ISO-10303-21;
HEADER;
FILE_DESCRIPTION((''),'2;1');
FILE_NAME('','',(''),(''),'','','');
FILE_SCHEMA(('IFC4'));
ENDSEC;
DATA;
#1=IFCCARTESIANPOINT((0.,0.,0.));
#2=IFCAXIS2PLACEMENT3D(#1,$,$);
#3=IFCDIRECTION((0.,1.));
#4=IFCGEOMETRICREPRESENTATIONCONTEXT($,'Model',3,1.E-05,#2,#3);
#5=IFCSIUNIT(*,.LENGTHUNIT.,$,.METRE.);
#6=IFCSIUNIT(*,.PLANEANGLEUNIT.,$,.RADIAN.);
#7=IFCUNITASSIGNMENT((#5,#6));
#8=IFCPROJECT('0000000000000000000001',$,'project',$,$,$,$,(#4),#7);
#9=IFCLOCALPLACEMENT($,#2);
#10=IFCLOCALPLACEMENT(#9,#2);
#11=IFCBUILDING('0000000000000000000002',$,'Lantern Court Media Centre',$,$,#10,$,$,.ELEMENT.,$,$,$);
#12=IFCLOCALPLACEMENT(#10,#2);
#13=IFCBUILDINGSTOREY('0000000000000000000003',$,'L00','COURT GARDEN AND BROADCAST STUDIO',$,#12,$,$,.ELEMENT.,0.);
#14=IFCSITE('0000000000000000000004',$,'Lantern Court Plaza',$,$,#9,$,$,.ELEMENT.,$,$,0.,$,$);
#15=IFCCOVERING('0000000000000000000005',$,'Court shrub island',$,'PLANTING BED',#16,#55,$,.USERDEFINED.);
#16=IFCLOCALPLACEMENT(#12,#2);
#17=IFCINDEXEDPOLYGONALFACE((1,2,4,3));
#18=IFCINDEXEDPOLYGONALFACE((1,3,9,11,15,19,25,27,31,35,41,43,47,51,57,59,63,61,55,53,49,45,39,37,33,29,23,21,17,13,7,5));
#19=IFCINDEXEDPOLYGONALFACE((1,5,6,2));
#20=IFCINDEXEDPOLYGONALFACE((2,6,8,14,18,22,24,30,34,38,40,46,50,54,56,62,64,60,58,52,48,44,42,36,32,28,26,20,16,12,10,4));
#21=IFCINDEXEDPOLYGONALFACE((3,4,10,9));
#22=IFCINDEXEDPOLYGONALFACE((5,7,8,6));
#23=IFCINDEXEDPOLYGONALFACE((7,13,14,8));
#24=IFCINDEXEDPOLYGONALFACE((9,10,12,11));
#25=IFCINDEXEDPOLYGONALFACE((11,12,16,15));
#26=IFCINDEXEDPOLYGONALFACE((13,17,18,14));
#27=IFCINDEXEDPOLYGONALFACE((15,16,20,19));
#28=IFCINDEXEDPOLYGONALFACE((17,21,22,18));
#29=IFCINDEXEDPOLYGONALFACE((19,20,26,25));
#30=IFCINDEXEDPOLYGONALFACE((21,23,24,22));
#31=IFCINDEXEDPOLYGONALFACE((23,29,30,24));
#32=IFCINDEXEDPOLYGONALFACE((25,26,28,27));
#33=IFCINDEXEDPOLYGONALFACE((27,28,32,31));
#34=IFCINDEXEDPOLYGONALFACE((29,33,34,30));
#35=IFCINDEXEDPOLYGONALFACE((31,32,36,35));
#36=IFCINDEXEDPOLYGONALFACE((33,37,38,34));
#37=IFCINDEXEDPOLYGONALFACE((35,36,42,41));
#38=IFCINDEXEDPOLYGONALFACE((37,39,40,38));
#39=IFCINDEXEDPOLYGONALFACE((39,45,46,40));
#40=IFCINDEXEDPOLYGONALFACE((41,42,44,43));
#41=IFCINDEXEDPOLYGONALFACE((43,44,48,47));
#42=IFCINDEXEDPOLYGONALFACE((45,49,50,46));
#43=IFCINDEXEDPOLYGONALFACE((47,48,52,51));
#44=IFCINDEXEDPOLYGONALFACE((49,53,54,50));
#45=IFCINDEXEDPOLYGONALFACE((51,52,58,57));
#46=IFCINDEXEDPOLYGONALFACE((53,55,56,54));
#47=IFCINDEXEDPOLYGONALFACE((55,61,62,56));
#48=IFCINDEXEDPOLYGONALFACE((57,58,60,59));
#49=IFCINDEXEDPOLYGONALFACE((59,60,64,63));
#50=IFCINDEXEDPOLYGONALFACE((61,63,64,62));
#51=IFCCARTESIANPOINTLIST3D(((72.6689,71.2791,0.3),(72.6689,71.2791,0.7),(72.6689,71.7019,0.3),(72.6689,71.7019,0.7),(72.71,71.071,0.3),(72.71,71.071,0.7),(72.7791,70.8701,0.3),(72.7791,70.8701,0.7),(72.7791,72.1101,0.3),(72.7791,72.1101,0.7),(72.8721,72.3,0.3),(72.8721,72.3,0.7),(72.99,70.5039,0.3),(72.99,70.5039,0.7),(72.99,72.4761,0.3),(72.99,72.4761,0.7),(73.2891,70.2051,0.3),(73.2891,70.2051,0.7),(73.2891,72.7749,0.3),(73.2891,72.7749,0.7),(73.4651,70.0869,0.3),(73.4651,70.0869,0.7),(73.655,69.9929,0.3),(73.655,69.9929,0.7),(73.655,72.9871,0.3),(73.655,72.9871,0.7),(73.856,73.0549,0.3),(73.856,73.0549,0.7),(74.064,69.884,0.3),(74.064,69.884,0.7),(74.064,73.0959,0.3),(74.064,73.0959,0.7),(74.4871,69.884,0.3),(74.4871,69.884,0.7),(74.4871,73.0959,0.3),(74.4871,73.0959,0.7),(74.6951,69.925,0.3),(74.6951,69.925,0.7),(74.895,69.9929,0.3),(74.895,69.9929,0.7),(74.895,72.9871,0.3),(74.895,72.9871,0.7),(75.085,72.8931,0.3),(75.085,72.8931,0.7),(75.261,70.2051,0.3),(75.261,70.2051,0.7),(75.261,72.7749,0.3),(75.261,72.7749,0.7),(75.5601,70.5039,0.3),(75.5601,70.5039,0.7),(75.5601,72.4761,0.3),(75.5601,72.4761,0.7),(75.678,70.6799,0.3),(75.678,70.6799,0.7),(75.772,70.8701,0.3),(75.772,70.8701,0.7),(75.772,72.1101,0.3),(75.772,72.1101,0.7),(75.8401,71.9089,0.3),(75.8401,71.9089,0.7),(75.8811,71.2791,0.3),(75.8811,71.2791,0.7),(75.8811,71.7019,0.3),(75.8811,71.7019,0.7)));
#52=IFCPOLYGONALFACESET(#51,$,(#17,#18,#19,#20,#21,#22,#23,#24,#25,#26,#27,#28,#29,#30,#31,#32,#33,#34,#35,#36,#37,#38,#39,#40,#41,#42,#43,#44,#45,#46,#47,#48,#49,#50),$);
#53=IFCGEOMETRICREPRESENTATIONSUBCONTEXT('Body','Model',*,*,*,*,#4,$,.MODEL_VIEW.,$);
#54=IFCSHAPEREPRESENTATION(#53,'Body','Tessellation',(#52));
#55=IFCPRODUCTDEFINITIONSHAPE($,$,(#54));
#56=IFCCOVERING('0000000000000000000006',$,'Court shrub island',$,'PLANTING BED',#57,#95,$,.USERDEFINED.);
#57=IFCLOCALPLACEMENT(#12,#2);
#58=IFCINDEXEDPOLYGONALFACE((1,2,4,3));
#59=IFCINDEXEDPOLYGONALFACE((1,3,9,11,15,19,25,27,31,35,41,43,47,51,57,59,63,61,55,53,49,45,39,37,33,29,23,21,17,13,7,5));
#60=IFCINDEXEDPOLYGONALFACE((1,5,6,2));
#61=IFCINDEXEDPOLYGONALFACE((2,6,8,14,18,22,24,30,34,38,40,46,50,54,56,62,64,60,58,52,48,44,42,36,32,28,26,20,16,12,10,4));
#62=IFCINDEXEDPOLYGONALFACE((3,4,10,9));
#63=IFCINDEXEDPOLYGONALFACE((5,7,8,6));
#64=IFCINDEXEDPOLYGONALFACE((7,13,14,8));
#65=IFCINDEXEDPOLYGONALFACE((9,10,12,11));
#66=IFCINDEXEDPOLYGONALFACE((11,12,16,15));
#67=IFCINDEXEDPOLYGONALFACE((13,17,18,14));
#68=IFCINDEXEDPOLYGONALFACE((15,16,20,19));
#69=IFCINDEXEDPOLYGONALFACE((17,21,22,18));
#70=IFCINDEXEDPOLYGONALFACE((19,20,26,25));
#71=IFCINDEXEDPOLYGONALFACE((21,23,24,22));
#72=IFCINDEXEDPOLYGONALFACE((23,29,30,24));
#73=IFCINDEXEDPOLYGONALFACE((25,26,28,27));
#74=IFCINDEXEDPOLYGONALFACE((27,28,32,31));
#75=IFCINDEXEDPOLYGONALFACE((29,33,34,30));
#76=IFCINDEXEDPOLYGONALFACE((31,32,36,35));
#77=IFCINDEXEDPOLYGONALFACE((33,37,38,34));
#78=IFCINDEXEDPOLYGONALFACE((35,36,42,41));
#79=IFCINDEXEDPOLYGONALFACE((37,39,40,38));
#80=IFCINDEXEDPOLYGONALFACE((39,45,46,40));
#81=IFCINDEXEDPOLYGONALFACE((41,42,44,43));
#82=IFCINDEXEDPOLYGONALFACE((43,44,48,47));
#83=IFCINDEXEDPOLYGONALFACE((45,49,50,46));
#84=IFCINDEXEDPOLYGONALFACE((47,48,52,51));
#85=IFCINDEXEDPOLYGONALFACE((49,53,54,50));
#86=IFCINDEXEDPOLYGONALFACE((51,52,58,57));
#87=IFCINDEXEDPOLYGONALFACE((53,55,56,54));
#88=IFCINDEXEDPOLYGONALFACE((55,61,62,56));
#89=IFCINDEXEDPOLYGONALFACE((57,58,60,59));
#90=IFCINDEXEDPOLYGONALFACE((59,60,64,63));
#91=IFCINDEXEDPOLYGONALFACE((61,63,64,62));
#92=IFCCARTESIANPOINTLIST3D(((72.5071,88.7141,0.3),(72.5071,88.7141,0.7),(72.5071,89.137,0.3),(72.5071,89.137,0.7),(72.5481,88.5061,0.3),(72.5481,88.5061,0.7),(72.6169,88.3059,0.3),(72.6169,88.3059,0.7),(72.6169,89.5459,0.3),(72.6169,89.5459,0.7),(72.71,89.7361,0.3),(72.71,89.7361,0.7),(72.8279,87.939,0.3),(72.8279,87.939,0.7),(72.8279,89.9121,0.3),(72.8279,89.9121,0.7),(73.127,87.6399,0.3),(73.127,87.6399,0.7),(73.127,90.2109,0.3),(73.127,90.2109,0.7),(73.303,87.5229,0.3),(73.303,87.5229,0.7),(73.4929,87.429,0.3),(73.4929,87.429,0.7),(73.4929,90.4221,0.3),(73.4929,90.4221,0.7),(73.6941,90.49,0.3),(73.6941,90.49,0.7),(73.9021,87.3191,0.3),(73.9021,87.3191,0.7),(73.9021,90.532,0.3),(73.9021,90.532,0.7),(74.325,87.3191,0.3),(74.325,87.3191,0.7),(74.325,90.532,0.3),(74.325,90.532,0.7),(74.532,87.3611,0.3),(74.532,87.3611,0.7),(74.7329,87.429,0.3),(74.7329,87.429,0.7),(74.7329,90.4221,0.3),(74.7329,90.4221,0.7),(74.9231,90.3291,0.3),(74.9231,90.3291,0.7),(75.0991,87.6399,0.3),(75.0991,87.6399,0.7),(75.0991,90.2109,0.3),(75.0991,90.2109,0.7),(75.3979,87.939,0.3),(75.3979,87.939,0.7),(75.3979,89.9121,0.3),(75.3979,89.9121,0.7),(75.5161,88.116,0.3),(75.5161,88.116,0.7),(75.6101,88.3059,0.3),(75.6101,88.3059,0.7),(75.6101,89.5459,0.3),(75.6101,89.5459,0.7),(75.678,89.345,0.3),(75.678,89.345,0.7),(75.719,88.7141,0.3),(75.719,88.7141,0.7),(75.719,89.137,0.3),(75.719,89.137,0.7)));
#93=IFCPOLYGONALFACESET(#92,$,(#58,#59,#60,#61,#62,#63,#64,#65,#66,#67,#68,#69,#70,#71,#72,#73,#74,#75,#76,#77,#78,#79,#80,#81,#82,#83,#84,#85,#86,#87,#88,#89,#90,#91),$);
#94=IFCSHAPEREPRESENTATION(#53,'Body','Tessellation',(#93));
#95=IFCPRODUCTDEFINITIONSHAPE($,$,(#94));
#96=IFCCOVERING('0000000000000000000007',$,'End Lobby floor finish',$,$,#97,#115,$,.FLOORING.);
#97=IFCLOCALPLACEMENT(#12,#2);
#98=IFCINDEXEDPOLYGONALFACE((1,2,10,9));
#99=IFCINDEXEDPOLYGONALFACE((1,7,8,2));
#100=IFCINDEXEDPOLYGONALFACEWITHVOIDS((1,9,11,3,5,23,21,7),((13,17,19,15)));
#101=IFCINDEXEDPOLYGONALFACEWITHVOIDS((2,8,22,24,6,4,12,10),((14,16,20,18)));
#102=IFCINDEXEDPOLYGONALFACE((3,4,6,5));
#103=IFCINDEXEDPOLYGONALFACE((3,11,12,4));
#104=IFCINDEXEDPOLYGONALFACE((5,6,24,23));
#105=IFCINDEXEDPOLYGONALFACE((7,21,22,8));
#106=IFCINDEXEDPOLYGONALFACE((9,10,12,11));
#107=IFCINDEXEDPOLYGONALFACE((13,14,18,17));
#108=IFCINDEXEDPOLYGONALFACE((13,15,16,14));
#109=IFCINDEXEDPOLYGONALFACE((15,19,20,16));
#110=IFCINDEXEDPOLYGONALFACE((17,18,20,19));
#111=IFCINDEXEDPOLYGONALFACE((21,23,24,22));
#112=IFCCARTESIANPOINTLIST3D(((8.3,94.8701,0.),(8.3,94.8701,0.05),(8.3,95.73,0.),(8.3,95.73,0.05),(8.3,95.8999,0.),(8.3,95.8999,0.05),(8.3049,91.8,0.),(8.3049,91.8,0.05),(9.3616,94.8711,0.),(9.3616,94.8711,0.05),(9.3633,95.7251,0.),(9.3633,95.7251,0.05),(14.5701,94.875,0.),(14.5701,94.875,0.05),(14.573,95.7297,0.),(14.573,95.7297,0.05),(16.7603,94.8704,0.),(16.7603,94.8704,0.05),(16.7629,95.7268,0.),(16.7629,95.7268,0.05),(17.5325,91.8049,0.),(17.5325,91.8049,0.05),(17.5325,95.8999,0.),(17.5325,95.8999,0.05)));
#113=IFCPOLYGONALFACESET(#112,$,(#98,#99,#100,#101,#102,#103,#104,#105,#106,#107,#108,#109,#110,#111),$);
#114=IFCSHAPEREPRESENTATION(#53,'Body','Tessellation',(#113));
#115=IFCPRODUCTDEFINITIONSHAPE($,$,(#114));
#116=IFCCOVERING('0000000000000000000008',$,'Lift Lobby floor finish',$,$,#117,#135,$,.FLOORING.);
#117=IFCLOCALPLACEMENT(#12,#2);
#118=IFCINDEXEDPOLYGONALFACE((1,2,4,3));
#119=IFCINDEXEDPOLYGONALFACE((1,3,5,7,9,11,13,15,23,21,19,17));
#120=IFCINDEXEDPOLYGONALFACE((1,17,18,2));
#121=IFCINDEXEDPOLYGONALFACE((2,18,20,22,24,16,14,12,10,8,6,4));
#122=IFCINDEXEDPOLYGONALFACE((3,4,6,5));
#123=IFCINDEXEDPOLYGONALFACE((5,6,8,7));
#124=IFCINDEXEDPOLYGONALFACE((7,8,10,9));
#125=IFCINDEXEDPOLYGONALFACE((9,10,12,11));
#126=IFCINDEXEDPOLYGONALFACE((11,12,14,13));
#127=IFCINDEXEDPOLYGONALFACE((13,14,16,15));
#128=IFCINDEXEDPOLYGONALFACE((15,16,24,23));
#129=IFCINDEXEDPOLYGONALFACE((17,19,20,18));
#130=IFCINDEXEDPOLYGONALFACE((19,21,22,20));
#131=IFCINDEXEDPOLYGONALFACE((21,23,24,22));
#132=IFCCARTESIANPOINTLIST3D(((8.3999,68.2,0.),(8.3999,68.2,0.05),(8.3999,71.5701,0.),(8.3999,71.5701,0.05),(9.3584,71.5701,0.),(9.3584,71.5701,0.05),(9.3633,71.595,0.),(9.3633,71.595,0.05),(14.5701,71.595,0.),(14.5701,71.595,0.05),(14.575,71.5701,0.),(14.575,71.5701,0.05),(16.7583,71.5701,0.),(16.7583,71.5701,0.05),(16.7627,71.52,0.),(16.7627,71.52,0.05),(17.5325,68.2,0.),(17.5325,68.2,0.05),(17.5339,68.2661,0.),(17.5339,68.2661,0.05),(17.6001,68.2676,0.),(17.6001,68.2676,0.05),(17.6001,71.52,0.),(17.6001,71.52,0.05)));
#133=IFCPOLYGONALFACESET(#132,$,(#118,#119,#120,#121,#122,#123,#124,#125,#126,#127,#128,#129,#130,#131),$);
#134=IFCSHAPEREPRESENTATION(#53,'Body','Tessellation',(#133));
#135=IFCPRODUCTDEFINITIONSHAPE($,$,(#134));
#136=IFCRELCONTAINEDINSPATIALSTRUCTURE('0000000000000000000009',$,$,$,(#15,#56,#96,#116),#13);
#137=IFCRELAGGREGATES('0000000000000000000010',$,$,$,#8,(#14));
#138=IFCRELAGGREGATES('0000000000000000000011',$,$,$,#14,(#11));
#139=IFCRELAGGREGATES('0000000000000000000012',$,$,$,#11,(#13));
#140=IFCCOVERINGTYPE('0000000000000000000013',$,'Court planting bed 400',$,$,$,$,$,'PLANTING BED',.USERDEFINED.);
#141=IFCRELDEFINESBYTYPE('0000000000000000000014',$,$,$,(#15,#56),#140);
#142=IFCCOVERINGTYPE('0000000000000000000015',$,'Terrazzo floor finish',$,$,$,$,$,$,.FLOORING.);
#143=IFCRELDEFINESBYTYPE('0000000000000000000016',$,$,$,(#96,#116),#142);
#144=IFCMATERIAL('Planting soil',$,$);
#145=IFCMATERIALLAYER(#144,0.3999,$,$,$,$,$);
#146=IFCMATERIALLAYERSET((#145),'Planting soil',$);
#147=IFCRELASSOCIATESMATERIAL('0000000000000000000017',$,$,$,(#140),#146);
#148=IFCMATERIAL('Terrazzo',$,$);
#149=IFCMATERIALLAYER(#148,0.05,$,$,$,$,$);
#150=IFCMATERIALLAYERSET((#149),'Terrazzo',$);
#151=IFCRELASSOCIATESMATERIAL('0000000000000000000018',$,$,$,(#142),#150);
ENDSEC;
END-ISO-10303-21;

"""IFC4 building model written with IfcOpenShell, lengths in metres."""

from ifc_helpers import new_model, si_unit, direction, frame, origin, place, context, subcontext, project, spatial, polyline, outline, extrude, material, layer, layer_set, type_object, element, save


model = new_model("IFC4")

# Units and contexts
model_context = context("Model", 3, precision=1e-05, world=origin(), true_north=direction((0.0, 1.0)))
body_context = subcontext(model_context, "Body", "Model", "MODEL_VIEW")
ifc_project = project(units=[si_unit("LENGTHUNIT", "METRE"), si_unit("PLANEANGLEUNIT", "RADIAN")], contexts=[model_context])

# Site, building, storey
site_placement = place(None, origin())
site = spatial("IfcSite", under=ifc_project, at=site_placement, Name="Lantern Court Plaza", CompositionType="ELEMENT", RefElevation=0.0)
building_placement = place(site_placement, origin())
building = spatial("IfcBuilding", under=site, at=building_placement, Name="Lantern Court Media Centre", CompositionType="ELEMENT")
storey_placement = place(building_placement, origin())
storey = spatial("IfcBuildingStorey", under=building, at=storey_placement, Name="L00", Description="COURT GARDEN AND BROADCAST STUDIO", CompositionType="ELEMENT", Elevation=0.0)

# Coverings
ifc_material_1 = material(Name="Planting soil")
ifc_layer_1 = layer(ifc_material_1, 0.3999)
ifc_layer_set_1 = layer_set([ifc_layer_1], Name="Planting soil")
covering_type_1 = type_object("IfcCoveringType", Name="Court planting bed 400", ElementType="PLANTING BED", PredefinedType="USERDEFINED", material=ifc_layer_set_1)
covering_1_placement = place(storey_placement, frame((0.0, 0.0, 0.3)))
element("IfcCovering", 1, at=covering_1_placement, inside=storey, type_object=covering_type_1, Name="Court shrub island", ObjectType="PLANTING BED", PredefinedType="USERDEFINED", context=body_context, shape_type="SweptSolid", body=[
    extrude(outline(polyline([(75.772, 70.8701), (75.678, 70.6799), (75.5601, 70.5039), (75.261, 70.2051), (74.895, 69.9929), (74.6951, 69.925), (74.4871, 69.884), (74.064, 69.884), (73.655, 69.9929), (73.4651, 70.0869), (73.2891, 70.2051), (72.99, 70.5039), (72.7791, 70.8701), (72.71, 71.071), (72.6689, 71.2791), (72.6689, 71.7019), (72.7791, 72.1101), (72.8721, 72.3), (72.99, 72.4761), (73.2891, 72.7749), (73.655, 72.9871), (73.856, 73.0549), (74.064, 73.0959), (74.4871, 73.0959), (74.895, 72.9871), (75.085, 72.8931), (75.261, 72.7749), (75.5601, 72.4761), (75.772, 72.1101), (75.8401, 71.9089), (75.8811, 71.7019), (75.8811, 71.2791), (75.772, 70.8701)])), origin(), (0.0, 0.0, 1.0), 0.3999),
])
covering_2_placement = place(storey_placement, frame((0.0, 0.0, 0.3)))
element("IfcCovering", 2, at=covering_2_placement, inside=storey, type_object=covering_type_1, Name="Court shrub island", ObjectType="PLANTING BED", PredefinedType="USERDEFINED", context=body_context, shape_type="SweptSolid", body=[
    extrude(outline(polyline([(75.6101, 88.3059), (75.5161, 88.116), (75.3979, 87.939), (75.0991, 87.6399), (74.7329, 87.429), (74.532, 87.3611), (74.325, 87.3191), (73.9021, 87.3191), (73.4929, 87.429), (73.303, 87.5229), (73.127, 87.6399), (72.8279, 87.939), (72.6169, 88.3059), (72.5481, 88.5061), (72.5071, 88.7141), (72.5071, 89.137), (72.6169, 89.5459), (72.71, 89.7361), (72.8279, 89.9121), (73.127, 90.2109), (73.4929, 90.4221), (73.6941, 90.49), (73.9021, 90.532), (74.325, 90.532), (74.7329, 90.4221), (74.9231, 90.3291), (75.0991, 90.2109), (75.3979, 89.9121), (75.6101, 89.5459), (75.678, 89.345), (75.719, 89.137), (75.719, 88.7141), (75.6101, 88.3059)])), origin(), (0.0, 0.0, 1.0), 0.3999),
])
ifc_material_2 = material(Name="Terrazzo")
ifc_layer_2 = layer(ifc_material_2, 0.05)
ifc_layer_set_2 = layer_set([ifc_layer_2], Name="Terrazzo")
covering_type_2 = type_object("IfcCoveringType", Name="Terrazzo floor finish", PredefinedType="FLOORING", material=ifc_layer_set_2)
covering_3_placement = place(storey_placement, origin())
element("IfcCovering", 3, at=covering_3_placement, inside=storey, type_object=covering_type_2, Name="End Lobby floor finish", PredefinedType="FLOORING", context=body_context, shape_type="SweptSolid", body=[
    extrude(outline(polyline([(17.5325, 95.8999), (17.5325, 91.8049), (8.3049, 91.8), (8.3, 94.8701), (9.3616, 94.8711), (9.3633, 95.7251), (8.3, 95.73), (8.3, 95.8999), (17.5325, 95.8999)]), holes=[polyline([(14.5701, 94.875), (16.7603, 94.8704), (16.7629, 95.7268), (14.573, 95.7297), (14.5701, 94.875)])]), origin(), (0.0, 0.0, 1.0), 0.05),
])
covering_4_placement = place(storey_placement, origin())
element("IfcCovering", 4, at=covering_4_placement, inside=storey, type_object=covering_type_2, Name="Lift Lobby floor finish", PredefinedType="FLOORING", context=body_context, shape_type="SweptSolid", body=[
    extrude(outline(polyline([(17.6001, 68.2676), (17.5339, 68.2661), (17.5325, 68.2), (8.3999, 68.2), (8.3999, 71.5701), (9.3584, 71.5701), (9.3633, 71.595), (14.5701, 71.595), (14.575, 71.5701), (16.7583, 71.5701), (16.7627, 71.52), (17.6001, 71.52), (17.6001, 68.2676)])), origin(), (0.0, 0.0, 1.0), 0.05),
])

save(model, "model.ifc")
